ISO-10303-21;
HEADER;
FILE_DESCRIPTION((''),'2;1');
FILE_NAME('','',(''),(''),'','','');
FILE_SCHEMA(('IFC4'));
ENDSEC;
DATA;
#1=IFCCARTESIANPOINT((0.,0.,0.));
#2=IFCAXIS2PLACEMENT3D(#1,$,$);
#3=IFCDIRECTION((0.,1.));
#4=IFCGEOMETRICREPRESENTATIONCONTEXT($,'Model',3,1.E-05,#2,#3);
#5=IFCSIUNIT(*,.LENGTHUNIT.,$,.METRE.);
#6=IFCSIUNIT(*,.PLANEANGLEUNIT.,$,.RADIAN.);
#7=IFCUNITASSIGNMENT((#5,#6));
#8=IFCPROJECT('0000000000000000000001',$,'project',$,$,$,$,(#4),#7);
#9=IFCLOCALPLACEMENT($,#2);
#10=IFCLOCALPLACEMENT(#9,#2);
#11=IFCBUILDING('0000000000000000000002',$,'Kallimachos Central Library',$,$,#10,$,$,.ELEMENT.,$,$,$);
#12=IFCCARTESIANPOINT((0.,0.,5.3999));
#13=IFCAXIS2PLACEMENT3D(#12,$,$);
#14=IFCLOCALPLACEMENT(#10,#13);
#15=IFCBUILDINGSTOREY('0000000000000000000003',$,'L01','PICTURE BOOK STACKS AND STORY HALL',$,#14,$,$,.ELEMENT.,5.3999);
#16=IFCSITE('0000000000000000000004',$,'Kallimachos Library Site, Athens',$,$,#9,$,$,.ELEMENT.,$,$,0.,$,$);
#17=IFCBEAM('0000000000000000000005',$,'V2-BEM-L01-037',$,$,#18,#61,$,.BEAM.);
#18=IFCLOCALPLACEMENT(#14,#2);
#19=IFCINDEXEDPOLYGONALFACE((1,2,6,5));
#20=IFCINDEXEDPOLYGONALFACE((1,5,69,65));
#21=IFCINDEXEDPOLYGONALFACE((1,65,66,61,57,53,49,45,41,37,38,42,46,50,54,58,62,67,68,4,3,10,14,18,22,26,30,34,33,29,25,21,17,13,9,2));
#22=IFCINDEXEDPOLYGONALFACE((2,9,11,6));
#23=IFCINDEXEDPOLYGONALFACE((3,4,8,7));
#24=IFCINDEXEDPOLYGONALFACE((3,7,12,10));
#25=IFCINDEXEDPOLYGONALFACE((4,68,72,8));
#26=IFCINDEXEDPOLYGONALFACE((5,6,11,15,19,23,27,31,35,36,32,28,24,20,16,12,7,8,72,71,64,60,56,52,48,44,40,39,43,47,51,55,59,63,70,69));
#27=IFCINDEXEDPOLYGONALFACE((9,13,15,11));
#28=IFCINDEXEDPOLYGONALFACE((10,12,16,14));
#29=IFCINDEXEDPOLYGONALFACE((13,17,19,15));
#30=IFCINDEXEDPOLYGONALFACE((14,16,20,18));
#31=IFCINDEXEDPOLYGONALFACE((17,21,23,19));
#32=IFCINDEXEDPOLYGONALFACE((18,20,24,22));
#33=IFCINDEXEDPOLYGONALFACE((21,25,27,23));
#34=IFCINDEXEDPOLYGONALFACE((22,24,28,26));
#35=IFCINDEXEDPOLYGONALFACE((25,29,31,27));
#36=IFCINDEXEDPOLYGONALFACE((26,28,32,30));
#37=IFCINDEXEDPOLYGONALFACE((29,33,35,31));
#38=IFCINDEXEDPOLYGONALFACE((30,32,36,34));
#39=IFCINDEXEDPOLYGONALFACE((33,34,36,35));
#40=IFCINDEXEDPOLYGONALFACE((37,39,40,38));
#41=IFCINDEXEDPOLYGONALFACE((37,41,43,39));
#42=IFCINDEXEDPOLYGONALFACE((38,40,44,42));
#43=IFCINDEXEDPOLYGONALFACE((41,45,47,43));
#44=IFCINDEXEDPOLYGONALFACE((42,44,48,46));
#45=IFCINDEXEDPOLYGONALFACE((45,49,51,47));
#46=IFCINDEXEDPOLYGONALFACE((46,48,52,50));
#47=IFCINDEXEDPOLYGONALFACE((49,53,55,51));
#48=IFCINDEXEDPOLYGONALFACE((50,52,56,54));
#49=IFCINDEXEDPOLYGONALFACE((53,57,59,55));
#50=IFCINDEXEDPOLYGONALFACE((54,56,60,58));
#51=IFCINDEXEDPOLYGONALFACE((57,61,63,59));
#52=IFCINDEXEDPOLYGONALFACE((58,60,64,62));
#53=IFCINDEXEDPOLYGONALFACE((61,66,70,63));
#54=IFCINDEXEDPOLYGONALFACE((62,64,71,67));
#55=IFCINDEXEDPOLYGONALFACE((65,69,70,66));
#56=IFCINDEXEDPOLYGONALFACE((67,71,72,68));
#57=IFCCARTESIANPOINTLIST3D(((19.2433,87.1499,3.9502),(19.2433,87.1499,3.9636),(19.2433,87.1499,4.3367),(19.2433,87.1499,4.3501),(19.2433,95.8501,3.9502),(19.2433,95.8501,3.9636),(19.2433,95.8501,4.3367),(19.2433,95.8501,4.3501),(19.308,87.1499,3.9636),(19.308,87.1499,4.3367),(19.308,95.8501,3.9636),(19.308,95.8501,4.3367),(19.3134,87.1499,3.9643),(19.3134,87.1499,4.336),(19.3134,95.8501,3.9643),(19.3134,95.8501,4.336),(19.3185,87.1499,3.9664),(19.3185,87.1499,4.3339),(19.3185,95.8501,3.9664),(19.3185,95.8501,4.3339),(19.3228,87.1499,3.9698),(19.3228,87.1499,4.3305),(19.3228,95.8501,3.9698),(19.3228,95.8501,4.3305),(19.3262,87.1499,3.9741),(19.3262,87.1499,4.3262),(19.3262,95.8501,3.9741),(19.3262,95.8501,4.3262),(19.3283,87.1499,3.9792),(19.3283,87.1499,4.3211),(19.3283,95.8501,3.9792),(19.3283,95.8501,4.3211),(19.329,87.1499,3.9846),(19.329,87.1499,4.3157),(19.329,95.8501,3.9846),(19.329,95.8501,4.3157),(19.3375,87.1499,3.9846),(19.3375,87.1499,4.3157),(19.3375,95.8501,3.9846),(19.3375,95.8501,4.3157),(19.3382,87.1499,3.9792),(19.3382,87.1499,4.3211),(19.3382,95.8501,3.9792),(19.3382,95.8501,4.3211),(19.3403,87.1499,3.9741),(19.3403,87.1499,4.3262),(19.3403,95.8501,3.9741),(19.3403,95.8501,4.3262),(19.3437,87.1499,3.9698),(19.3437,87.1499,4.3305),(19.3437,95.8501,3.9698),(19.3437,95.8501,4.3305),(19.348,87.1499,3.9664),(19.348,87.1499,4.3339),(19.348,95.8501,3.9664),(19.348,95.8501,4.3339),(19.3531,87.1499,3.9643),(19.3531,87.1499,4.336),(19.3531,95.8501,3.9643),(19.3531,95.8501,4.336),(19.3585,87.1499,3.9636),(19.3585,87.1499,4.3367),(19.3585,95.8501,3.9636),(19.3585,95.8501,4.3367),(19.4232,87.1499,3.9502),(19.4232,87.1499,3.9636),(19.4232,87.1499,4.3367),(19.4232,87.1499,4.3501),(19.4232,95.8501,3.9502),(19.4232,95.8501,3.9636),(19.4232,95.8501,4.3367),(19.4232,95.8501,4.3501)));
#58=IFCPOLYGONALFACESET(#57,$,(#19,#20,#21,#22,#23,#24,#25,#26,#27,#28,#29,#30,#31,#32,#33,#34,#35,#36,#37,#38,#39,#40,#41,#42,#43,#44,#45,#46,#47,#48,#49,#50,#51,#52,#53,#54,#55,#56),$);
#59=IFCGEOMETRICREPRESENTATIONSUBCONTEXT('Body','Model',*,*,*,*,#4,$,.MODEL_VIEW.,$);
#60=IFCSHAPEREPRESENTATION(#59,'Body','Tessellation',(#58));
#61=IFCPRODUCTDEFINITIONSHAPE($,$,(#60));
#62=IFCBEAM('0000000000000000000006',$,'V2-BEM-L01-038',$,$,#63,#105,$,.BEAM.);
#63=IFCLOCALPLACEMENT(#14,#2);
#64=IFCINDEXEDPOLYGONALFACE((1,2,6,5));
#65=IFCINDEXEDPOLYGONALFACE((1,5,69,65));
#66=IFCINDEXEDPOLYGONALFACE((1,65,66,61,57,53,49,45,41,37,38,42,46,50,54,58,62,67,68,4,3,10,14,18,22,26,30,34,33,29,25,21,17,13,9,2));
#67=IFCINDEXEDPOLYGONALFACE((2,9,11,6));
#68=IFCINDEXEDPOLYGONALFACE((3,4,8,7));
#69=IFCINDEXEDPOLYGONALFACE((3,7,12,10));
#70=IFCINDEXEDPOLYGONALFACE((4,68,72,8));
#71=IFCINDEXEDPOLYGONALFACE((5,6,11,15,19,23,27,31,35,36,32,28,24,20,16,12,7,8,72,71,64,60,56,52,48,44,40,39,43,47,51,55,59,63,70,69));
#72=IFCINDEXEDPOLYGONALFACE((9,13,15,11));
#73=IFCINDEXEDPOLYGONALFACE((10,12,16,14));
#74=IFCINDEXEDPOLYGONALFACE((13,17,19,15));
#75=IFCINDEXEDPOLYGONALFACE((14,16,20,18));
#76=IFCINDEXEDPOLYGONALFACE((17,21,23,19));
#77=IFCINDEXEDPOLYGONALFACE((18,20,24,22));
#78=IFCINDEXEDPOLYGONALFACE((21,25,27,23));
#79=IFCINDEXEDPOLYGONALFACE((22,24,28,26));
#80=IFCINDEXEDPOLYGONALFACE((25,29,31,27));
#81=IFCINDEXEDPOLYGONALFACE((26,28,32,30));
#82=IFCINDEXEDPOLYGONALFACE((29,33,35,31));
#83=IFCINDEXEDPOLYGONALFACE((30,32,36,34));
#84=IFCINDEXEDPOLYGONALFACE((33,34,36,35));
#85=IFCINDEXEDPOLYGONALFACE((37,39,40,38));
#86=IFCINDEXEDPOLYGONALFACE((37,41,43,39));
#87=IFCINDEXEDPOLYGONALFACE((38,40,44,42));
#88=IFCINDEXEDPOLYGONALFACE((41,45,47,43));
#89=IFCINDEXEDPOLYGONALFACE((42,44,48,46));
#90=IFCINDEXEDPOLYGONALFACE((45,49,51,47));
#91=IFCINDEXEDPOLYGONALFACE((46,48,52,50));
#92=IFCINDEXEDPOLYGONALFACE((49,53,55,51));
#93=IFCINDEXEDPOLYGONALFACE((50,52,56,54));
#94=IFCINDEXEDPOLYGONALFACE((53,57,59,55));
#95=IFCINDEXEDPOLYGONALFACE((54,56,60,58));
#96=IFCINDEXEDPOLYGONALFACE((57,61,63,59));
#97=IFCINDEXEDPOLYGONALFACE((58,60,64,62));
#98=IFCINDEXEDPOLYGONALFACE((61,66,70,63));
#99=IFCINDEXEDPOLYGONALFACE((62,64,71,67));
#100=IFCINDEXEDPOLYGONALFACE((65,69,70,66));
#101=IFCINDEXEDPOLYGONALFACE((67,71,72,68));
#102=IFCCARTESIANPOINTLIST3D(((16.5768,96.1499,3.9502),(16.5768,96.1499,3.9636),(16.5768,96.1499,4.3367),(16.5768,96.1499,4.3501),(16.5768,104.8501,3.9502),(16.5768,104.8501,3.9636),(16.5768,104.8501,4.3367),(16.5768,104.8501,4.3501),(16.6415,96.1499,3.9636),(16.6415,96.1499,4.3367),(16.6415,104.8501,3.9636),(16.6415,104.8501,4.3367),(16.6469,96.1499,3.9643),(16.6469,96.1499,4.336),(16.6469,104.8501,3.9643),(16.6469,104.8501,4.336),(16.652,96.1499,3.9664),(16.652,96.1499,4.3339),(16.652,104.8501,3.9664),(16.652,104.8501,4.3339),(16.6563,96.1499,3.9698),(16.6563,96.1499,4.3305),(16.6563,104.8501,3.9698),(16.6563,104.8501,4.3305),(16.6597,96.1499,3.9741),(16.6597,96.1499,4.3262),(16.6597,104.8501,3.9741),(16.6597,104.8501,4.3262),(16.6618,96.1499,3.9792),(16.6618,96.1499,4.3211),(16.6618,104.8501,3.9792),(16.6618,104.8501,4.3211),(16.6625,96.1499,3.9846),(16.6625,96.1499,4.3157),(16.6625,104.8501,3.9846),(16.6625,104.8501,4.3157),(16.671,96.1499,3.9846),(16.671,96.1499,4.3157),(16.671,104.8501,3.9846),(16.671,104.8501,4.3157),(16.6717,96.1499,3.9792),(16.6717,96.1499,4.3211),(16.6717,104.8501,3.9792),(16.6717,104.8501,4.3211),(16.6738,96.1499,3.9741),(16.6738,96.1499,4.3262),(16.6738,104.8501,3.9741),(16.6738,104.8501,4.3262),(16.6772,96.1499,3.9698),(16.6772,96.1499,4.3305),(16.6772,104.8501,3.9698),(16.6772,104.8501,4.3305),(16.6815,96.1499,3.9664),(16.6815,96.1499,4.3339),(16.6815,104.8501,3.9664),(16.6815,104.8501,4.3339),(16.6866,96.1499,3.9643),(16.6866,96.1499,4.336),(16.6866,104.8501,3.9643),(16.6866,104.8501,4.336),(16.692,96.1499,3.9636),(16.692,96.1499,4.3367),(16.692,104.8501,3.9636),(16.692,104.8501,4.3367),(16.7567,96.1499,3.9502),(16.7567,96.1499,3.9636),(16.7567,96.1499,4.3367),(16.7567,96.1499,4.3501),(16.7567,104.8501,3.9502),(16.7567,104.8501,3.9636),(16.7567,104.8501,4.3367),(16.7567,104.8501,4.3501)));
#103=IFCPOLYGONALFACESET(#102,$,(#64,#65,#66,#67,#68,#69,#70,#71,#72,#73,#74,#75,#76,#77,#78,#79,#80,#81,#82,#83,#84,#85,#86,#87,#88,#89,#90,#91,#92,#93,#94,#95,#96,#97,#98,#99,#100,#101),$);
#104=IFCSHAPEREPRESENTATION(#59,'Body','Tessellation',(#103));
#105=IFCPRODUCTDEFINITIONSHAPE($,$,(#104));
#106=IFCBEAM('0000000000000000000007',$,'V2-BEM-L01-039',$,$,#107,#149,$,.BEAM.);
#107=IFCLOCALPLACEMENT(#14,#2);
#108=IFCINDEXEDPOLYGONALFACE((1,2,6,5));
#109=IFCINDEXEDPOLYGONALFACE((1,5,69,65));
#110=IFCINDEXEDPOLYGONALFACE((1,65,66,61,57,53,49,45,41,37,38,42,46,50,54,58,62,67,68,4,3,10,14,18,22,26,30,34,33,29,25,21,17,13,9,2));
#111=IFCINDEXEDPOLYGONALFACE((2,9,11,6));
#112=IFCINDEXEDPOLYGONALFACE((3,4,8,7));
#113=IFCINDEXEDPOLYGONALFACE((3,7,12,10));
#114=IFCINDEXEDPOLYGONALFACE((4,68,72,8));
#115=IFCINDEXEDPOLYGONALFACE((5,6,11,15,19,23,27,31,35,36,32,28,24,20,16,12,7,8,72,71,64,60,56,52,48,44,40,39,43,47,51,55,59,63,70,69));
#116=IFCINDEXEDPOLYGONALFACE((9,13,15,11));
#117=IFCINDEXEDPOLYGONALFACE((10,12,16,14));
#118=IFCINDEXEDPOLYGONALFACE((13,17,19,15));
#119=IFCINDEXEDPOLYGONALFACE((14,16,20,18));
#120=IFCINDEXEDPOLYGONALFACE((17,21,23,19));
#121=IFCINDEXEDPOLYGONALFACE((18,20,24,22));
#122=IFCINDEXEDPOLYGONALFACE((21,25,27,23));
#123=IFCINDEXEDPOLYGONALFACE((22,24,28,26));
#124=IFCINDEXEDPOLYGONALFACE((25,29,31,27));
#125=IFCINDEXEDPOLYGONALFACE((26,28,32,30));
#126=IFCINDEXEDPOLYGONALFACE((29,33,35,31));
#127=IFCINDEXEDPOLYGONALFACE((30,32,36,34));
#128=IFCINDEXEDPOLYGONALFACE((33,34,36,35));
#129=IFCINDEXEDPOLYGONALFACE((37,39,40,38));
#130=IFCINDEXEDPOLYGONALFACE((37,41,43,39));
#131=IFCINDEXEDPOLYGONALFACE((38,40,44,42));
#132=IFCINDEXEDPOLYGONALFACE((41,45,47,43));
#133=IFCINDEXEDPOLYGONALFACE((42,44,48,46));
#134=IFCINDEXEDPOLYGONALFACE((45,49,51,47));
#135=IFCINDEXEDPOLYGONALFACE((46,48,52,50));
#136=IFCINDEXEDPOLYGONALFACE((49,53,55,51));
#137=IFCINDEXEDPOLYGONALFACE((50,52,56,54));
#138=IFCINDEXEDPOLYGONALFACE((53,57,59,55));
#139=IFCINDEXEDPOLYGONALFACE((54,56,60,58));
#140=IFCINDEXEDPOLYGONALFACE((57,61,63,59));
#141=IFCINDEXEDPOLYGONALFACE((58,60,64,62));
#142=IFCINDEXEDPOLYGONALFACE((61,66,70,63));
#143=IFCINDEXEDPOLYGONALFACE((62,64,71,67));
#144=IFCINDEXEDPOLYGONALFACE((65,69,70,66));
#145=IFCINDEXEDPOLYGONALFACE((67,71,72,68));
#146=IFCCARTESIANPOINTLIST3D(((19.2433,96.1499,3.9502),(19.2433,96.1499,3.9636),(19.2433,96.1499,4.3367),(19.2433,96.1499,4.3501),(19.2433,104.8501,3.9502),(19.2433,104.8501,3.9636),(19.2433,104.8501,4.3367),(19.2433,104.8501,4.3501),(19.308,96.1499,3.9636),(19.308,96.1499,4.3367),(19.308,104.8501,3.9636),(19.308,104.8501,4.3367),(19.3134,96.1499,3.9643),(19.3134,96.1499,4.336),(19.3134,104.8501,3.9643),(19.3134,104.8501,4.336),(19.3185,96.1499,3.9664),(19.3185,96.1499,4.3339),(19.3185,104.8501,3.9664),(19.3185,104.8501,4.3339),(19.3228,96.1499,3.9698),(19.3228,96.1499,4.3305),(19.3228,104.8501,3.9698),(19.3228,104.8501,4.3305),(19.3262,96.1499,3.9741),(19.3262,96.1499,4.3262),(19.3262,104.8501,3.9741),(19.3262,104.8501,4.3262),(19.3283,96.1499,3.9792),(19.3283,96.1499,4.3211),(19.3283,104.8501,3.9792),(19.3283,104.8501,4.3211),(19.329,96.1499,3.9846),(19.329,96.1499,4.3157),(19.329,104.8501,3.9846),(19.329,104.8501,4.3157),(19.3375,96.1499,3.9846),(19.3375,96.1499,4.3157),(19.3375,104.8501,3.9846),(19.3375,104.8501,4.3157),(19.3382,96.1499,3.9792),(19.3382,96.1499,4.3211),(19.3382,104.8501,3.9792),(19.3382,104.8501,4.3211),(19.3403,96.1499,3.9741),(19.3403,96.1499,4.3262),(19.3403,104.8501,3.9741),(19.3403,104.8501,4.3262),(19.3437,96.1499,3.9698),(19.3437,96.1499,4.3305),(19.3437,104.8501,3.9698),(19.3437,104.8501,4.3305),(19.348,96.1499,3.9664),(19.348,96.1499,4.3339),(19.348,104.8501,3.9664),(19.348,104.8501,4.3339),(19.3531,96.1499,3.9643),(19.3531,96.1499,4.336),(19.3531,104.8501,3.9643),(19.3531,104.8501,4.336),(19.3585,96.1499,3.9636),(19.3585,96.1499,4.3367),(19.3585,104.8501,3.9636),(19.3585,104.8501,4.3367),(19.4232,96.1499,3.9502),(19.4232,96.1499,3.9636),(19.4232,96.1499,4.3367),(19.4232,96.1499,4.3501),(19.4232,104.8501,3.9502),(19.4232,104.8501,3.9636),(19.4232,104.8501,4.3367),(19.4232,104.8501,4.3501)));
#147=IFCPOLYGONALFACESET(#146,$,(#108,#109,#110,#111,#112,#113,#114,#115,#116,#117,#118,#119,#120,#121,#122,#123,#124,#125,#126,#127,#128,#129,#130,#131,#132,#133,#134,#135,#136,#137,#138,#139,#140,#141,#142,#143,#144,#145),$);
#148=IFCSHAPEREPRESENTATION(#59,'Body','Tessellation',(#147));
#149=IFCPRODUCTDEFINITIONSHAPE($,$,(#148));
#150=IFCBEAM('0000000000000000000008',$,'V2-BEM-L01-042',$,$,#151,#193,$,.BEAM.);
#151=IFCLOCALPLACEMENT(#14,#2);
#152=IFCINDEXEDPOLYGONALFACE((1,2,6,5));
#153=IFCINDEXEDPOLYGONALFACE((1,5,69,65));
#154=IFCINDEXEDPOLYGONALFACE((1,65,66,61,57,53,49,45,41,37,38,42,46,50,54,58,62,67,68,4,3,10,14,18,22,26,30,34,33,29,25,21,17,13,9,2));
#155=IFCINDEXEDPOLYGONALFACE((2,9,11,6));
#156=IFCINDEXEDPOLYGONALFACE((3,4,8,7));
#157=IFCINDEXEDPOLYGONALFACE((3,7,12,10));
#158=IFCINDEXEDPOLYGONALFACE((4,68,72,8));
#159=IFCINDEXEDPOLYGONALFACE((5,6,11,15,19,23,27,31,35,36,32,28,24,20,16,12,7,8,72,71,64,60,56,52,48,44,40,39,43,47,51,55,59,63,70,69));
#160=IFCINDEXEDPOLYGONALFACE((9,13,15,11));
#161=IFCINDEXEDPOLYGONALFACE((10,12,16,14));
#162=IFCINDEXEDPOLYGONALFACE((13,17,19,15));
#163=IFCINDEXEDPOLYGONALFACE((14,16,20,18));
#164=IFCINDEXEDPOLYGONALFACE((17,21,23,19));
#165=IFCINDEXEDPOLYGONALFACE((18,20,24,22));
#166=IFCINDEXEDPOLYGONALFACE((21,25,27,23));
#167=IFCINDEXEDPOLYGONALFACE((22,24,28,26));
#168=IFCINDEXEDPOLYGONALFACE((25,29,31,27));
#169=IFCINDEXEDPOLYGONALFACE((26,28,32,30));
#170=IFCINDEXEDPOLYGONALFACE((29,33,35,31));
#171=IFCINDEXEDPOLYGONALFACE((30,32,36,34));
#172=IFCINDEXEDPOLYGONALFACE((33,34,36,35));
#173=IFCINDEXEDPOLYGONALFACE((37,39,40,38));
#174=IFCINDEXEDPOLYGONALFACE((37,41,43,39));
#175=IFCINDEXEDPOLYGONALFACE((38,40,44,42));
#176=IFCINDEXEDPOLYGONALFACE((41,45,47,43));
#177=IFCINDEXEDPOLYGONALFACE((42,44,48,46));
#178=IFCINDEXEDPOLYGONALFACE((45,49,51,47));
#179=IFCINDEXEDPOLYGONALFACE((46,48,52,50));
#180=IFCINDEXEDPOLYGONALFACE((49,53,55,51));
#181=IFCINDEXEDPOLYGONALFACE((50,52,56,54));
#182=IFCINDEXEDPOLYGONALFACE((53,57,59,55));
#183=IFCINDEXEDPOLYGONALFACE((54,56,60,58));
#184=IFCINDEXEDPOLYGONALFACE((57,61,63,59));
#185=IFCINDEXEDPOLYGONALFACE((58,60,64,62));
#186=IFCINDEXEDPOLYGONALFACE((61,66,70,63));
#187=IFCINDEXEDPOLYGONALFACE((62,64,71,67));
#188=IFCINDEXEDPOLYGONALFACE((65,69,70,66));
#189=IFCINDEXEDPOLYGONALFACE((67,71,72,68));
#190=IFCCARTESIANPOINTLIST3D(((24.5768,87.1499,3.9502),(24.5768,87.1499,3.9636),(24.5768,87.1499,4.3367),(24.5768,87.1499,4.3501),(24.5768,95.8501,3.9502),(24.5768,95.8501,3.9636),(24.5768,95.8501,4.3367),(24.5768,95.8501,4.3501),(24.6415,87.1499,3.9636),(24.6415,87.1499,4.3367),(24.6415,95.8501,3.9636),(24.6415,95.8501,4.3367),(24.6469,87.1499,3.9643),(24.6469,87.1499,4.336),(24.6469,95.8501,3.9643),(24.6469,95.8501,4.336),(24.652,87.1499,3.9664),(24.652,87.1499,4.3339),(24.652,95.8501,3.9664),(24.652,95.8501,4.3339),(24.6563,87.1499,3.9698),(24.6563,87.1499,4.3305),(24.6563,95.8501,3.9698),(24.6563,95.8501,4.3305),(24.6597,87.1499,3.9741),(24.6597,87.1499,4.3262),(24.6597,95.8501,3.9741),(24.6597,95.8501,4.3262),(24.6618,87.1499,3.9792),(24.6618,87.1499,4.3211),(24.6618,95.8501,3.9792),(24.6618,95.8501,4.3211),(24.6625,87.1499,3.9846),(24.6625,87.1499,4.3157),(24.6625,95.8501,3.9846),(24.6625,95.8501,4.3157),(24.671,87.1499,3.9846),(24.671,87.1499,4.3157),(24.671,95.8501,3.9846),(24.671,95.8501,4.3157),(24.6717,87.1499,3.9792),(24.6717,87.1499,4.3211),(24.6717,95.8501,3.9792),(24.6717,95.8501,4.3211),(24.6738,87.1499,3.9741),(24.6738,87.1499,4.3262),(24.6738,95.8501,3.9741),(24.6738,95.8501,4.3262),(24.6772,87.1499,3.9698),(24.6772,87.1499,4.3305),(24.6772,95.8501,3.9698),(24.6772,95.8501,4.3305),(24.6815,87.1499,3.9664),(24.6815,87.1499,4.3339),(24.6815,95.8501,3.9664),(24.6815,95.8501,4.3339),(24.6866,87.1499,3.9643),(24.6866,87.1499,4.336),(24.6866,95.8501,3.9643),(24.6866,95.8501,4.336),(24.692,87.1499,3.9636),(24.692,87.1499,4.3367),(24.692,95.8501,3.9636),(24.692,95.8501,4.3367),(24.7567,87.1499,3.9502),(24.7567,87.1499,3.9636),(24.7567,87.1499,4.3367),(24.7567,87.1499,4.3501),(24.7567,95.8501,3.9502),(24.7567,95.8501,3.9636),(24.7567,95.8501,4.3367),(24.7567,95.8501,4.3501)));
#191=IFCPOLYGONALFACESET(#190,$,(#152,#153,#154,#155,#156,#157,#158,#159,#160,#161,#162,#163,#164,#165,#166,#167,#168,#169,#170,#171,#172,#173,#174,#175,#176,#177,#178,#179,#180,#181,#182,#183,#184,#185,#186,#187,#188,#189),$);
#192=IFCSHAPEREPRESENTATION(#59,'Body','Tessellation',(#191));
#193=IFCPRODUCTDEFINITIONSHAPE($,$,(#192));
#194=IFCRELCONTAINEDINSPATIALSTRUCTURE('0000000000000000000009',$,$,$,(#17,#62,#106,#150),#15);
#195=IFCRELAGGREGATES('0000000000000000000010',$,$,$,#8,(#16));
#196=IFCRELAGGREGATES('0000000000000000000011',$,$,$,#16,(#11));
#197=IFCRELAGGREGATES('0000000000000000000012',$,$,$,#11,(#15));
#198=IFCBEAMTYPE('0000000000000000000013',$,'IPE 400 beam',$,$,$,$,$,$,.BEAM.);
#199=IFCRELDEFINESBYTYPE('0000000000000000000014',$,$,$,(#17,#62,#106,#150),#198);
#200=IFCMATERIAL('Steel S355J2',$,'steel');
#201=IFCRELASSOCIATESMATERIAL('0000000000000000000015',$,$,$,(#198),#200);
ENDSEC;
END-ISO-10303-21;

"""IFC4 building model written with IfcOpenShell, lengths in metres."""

from ifc_helpers import new_model, si_unit, direction, frame, origin, origin_2d, place, context, subcontext, project, spatial, i_section, extrude, material, material_profile, profile_set, type_object, element, save


model = new_model("IFC4")

# Units and contexts
model_context = context("Model", 3, precision=1e-05, world=origin(), true_north=direction((0.0, 1.0)))
body_context = subcontext(model_context, "Body", "Model", "MODEL_VIEW")
ifc_project = project(units=[si_unit("LENGTHUNIT", "METRE"), si_unit("PLANEANGLEUNIT", "RADIAN")], contexts=[model_context])

# Site, building, storey
site_placement = place(None, origin())
site = spatial("IfcSite", under=ifc_project, at=site_placement, Name="Kallimachos Library Site, Athens", CompositionType="ELEMENT", RefElevation=0.0)
building_placement = place(site_placement, origin())
building = spatial("IfcBuilding", under=site, at=building_placement, Name="Kallimachos Central Library", CompositionType="ELEMENT")
storey_placement = place(building_placement, frame((0.0, 0.0, 5.3999)))
storey = spatial("IfcBuildingStorey", under=building, at=storey_placement, Name="L01", Description="PICTURE BOOK STACKS AND STORY HALL", CompositionType="ELEMENT", Elevation=5.3999)

# Beams
ifc_material_1 = material(Name="Steel S355J2", Category="steel")
ifc_material_profile_1 = material_profile(ifc_material_1, i_section(OverallWidth=0.1799, OverallDepth=0.3999, WebThickness=0.0085, FlangeThickness=0.0134, FilletRadius=0.021, at=origin_2d()), Name="IPE 400")
ifc_profile_set_1 = profile_set([ifc_material_profile_1], Name="Steel S355J2")
beam_type_1 = type_object("IfcBeamType", Name="IPE 400 beam", PredefinedType="BEAM", material=ifc_profile_set_1)
for number, where, z_axis, x_axis, name in (
    (1, (19.3333, 87.1499, 4.1501), (0.0, 1.0, 0.0), (-1.0, 0.0, 0.0), "V2-BEM-L01-037"),
    (2, (16.6667, 96.1499, 4.1501), (0.0, 1.0, 0.0), (-1.0, 0.0, 0.0), "V2-BEM-L01-038"),
    (3, (19.3333, 96.1499, 4.1501), (0.0, 1.0, 0.0), (-1.0, 0.0, 0.0), "V2-BEM-L01-039"),
    (4, (24.6667, 87.1499, 4.1501), (0.0, 1.0, 0.0), (-1.0, 0.0, 0.0), "V2-BEM-L01-042"),
):
    element("IfcBeam", number, at=place(storey_placement, frame(where, z_axis=z_axis, x_axis=x_axis)), inside=storey, type_object=beam_type_1, Name=name, PredefinedType="BEAM", context=body_context, shape_type="SweptSolid", body=[
        extrude(i_section(OverallWidth=0.1799, OverallDepth=0.3999, WebThickness=0.0085, FlangeThickness=0.0134, FilletRadius=0.021, at=origin_2d()), origin(), (0.0, 0.0, 1.0), 8.7002),
    ])

save(model, "model.ifc")
